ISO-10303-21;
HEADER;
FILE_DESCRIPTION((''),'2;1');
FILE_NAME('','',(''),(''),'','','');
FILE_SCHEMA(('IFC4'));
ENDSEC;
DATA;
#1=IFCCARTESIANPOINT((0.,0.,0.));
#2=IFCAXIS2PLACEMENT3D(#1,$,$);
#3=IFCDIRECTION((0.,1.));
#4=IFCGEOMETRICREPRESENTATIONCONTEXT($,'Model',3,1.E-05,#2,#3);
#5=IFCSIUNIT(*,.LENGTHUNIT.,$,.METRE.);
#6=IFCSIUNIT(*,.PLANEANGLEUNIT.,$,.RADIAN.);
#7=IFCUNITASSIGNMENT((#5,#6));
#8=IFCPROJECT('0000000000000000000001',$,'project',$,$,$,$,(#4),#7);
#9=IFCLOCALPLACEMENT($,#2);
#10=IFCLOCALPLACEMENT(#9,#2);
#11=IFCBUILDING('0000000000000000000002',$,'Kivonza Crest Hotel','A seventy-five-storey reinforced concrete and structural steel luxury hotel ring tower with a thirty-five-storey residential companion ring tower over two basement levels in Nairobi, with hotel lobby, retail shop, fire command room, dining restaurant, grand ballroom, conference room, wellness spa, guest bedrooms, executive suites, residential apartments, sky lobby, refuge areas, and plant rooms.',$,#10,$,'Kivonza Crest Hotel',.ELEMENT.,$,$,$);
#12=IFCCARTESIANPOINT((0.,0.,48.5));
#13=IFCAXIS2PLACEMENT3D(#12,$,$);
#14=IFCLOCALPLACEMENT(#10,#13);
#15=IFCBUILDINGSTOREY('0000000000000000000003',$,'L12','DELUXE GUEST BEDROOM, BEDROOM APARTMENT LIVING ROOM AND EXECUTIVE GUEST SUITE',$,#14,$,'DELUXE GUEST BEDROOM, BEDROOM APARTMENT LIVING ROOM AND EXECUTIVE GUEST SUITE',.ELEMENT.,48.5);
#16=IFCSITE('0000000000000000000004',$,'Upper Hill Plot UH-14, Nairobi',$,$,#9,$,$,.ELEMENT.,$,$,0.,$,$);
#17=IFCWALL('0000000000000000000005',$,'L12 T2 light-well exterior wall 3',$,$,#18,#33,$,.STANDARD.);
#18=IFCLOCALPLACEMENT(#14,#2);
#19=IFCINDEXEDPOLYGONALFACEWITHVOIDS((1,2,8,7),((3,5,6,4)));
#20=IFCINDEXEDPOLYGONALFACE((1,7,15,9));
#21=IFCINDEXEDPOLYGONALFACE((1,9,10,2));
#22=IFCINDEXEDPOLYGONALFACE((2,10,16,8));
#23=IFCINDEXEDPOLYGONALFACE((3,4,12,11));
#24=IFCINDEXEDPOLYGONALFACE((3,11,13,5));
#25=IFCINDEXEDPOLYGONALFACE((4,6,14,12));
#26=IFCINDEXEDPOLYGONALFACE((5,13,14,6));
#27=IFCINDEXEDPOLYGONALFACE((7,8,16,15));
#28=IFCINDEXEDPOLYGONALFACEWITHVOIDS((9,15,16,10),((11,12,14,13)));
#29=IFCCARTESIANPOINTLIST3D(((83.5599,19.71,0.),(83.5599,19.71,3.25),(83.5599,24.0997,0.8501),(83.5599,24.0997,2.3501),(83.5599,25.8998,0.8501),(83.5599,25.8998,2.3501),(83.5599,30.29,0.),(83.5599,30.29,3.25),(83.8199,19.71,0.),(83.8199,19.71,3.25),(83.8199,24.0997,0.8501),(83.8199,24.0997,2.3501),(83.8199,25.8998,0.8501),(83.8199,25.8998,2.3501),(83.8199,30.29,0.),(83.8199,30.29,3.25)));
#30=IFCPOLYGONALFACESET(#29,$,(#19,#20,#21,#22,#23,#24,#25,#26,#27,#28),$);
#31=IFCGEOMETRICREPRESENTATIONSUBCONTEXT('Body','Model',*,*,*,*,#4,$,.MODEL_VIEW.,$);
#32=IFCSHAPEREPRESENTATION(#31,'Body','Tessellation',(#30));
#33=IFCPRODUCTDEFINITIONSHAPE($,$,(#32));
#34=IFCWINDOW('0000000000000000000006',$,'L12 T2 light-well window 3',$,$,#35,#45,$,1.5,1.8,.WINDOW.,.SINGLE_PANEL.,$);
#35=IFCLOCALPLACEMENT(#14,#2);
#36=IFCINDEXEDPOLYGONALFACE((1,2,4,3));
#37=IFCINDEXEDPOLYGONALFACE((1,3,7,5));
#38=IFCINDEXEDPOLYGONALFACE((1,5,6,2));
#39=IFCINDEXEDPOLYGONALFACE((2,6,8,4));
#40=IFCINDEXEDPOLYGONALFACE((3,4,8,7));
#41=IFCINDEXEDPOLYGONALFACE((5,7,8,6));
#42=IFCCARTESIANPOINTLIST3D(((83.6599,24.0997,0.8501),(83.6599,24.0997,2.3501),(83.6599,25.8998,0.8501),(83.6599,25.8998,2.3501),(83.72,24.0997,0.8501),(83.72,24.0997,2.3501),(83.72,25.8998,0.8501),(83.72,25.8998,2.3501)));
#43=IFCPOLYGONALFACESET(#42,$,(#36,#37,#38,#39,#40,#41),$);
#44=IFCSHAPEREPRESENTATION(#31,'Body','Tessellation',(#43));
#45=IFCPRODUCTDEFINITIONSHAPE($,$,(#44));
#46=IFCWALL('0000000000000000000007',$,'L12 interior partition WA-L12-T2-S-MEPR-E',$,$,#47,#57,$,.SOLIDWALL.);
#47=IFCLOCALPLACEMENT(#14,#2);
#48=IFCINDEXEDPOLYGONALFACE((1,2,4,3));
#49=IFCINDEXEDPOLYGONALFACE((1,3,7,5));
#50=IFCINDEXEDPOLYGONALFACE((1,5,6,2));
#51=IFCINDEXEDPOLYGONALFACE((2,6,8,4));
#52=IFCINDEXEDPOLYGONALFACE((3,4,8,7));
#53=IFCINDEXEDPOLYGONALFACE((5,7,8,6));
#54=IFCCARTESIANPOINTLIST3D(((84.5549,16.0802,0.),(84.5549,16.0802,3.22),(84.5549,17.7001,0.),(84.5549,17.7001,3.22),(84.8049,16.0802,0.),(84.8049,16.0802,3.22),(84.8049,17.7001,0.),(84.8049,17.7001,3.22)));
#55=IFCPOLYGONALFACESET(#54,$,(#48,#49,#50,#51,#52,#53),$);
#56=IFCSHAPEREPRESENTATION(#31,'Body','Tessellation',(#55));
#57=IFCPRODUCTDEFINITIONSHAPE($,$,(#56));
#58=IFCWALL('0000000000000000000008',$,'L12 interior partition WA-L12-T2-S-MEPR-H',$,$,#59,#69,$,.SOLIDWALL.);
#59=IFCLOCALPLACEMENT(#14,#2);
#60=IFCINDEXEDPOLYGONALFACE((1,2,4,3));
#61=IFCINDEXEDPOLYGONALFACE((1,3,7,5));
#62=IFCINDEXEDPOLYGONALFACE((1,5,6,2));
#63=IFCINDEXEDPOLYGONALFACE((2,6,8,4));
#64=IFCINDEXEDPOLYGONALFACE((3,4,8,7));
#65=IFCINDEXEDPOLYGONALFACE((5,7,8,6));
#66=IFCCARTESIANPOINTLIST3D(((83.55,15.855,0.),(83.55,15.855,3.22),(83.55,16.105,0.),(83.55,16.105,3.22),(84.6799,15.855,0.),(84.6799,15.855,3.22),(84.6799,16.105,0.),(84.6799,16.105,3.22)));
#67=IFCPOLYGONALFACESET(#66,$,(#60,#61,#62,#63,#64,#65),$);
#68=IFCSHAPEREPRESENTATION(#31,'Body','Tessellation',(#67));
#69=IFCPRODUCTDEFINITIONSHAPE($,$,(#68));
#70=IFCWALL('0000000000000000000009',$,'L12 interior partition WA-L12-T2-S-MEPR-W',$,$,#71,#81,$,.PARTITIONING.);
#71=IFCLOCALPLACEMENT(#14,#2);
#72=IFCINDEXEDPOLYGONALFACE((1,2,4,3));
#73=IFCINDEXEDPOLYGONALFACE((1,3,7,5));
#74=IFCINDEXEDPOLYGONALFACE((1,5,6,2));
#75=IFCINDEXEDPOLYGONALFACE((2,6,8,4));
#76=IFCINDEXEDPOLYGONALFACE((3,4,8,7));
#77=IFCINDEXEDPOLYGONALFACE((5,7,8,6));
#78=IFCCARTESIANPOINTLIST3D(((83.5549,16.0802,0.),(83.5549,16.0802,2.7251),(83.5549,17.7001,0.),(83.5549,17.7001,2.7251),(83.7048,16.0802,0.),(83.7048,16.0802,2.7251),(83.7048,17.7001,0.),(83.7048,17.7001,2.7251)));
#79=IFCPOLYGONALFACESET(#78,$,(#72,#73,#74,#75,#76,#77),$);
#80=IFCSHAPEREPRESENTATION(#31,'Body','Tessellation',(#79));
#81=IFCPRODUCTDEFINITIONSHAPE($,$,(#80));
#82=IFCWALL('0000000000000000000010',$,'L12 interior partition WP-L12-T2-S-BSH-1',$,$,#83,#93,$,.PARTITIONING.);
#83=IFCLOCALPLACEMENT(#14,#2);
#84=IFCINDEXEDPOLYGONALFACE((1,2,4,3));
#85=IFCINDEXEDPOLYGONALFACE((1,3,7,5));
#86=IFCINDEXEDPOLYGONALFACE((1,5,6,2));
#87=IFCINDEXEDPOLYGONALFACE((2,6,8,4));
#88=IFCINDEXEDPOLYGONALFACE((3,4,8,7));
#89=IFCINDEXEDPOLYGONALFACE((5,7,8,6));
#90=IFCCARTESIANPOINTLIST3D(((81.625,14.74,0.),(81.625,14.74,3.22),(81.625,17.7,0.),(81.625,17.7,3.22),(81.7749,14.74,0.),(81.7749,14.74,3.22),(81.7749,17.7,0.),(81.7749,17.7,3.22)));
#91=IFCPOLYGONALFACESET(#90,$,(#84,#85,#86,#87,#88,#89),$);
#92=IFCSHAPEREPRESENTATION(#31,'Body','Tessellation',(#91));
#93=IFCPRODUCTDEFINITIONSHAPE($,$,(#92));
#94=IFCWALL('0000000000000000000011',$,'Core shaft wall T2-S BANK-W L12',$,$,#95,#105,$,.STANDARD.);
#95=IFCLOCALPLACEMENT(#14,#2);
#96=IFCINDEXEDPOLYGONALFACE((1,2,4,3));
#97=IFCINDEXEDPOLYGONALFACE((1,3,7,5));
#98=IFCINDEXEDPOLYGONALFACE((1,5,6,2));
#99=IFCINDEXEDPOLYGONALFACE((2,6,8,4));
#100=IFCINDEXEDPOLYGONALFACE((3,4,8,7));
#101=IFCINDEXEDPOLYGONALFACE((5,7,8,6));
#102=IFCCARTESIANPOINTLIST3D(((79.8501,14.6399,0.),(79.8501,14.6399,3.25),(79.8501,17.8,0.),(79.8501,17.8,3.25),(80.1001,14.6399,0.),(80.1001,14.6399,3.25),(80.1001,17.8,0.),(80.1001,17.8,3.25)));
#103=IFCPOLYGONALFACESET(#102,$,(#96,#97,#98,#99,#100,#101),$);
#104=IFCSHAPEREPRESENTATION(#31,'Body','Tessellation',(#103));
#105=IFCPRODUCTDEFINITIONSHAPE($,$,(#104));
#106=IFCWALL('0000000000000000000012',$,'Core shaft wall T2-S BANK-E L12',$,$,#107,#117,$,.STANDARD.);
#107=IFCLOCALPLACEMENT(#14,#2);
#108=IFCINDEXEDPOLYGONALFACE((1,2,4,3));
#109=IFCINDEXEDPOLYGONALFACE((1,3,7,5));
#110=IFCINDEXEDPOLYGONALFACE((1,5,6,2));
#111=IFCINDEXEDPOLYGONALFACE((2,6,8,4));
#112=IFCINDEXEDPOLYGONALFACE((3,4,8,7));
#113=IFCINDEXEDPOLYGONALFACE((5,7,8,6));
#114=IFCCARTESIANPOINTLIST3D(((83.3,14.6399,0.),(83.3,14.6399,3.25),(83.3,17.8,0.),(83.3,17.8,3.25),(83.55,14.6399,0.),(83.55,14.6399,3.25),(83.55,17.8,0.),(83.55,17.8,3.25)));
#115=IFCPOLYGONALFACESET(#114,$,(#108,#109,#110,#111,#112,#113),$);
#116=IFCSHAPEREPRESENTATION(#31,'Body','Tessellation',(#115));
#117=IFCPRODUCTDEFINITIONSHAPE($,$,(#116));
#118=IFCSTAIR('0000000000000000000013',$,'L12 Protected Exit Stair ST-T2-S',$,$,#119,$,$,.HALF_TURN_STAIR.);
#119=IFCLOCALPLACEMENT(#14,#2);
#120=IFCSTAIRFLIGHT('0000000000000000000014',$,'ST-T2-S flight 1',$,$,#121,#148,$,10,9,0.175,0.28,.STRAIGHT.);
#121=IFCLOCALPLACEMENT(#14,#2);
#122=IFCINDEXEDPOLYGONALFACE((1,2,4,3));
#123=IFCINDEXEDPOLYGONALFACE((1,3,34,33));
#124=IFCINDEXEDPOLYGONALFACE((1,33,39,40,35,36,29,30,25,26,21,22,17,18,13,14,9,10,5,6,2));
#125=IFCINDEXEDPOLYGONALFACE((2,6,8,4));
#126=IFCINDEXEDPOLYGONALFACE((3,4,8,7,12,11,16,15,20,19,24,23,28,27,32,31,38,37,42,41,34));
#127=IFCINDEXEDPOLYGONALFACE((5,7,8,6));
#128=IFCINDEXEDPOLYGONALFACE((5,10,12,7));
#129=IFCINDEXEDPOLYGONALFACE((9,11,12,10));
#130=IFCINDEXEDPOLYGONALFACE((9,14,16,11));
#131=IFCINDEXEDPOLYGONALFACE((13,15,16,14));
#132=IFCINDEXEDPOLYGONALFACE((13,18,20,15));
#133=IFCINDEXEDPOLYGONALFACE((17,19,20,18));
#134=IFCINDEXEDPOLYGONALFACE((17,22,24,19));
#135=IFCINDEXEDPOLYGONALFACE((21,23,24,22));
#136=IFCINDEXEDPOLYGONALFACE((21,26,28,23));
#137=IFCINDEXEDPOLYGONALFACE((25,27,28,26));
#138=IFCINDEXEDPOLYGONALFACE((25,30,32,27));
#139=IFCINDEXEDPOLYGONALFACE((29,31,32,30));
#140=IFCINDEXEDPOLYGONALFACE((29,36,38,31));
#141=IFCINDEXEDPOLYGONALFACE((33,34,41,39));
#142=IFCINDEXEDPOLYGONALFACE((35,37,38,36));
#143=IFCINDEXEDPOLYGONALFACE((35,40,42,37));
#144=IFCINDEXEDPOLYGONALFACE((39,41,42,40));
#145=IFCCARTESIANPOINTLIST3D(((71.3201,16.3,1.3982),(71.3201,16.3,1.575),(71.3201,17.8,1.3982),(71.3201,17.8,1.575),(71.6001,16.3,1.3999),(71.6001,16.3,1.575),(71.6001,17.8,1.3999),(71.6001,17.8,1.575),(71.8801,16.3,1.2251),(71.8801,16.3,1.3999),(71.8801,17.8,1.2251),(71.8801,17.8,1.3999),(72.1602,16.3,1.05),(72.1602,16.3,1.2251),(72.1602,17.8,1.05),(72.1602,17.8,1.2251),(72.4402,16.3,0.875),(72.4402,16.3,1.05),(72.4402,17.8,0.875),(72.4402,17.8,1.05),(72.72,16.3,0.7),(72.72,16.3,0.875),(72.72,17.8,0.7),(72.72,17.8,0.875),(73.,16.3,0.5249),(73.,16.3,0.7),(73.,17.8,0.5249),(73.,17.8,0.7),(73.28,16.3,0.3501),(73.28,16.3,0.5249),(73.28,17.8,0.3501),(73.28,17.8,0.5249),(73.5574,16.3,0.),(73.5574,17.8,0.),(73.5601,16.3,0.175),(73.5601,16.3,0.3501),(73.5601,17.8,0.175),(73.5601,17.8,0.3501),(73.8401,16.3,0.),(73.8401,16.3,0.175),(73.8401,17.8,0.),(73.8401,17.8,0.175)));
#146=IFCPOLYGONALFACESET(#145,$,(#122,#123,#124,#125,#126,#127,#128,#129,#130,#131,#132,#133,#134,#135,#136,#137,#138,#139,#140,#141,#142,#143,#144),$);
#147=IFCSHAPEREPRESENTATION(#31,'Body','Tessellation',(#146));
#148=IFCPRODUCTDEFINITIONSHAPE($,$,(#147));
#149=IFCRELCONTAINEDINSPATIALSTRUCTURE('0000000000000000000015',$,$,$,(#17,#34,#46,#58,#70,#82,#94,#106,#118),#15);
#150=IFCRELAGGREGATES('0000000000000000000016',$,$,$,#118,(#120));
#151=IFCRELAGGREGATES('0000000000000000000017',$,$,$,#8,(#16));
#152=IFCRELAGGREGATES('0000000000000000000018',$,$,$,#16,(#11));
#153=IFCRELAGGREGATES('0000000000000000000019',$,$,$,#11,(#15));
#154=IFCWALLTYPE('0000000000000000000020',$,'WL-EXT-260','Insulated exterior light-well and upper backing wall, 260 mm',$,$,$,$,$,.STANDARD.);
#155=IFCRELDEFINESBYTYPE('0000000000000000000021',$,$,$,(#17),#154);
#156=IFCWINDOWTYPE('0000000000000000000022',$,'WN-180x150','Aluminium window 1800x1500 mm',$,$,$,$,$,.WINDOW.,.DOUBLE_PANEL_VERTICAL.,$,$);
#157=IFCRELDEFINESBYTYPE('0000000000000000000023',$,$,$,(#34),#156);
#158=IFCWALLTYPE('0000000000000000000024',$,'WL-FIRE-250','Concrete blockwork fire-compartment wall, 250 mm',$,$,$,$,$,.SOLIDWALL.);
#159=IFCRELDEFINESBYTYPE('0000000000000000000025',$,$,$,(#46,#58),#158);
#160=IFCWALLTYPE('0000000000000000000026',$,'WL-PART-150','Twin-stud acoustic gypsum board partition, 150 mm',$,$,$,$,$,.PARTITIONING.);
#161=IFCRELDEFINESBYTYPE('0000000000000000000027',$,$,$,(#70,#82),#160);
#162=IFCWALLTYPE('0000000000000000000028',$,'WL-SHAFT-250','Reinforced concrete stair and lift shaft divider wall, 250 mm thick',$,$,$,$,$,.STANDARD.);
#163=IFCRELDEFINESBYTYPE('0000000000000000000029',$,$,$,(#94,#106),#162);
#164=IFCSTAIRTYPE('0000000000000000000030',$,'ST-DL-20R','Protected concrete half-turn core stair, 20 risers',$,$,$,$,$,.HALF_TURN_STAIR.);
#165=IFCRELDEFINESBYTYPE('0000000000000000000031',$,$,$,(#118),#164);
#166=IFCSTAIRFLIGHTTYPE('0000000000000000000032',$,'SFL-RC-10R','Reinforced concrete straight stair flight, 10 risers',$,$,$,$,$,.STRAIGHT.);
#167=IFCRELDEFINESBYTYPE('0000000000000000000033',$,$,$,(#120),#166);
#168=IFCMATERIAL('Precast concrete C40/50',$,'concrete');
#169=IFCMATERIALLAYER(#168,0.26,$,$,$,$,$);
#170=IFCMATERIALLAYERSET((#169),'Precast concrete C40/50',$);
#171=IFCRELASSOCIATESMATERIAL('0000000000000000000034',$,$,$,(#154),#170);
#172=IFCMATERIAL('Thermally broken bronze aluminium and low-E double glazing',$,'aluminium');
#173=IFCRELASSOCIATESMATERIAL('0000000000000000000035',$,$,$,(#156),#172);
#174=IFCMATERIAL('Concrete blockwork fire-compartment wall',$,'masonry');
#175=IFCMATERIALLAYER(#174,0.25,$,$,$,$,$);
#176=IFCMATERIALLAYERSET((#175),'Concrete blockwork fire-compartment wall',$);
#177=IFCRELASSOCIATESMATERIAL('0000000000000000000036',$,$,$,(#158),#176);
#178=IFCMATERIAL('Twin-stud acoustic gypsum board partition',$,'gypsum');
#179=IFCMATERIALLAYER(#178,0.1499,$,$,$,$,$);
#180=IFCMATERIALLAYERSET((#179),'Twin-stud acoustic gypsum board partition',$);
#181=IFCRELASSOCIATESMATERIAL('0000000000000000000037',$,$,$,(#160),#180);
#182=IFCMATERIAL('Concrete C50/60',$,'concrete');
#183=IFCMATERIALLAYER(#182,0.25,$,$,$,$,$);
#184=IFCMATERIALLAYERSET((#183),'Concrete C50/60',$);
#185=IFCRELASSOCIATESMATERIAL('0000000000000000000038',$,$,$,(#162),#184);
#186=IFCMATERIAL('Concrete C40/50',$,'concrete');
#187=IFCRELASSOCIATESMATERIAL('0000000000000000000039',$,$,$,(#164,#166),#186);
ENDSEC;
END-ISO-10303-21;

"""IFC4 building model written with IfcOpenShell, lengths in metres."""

from ifc_helpers import new_model, si_unit, direction, frame, frame_2d, origin, place, context, subcontext, project, spatial, polyline, rectangle, outline, extrude, material, layer, layer_set, type_object, element, fill, aggregate, save


model = new_model("IFC4")

# Units and contexts
model_context = context("Model", 3, precision=1e-05, world=origin(), true_north=direction((0.0, 1.0)))
body_context = subcontext(model_context, "Body", "Model", "MODEL_VIEW")
ifc_project = project(units=[si_unit("LENGTHUNIT", "METRE"), si_unit("PLANEANGLEUNIT", "RADIAN")], contexts=[model_context])

# Site, building, storey
site_placement = place(None, origin())
site = spatial("IfcSite", under=ifc_project, at=site_placement, Name="Upper Hill Plot UH-14, Nairobi", CompositionType="ELEMENT", RefElevation=0.0)
building_placement = place(site_placement, origin())
building = spatial("IfcBuilding", under=site, at=building_placement, Name="Kivonza Crest Hotel", Description="A seventy-five-storey reinforced concrete and structural steel luxury hotel ring tower with a thirty-five-storey residential companion ring tower over two basement levels in Nairobi, with hotel lobby, retail shop, fire command room, dining restaurant, grand ballroom, conference room, wellness spa, guest bedrooms, executive suites, residential apartments, sky lobby, refuge areas, and plant rooms.", LongName="Kivonza Crest Hotel", CompositionType="ELEMENT")
storey_placement = place(building_placement, frame((0.0, 0.0, 48.5)))
storey = spatial("IfcBuildingStorey", under=building, at=storey_placement, Name="L12", Description="DELUXE GUEST BEDROOM, BEDROOM APARTMENT LIVING ROOM AND EXECUTIVE GUEST SUITE", LongName="DELUXE GUEST BEDROOM, BEDROOM APARTMENT LIVING ROOM AND EXECUTIVE GUEST SUITE", CompositionType="ELEMENT", Elevation=48.5)

# Shared definitions
ifc_material_1 = material(Name="Concrete C50/60", Category="concrete")

# Shared definitions
ifc_material_2 = material(Name="Precast concrete C40/50", Category="concrete")
ifc_layer_1 = layer(ifc_material_2, 0.26)
ifc_layer_set_1 = layer_set([ifc_layer_1], Name="Precast concrete C40/50")
wall_type_1 = type_object("IfcWallType", Name="WL-EXT-260", Description="Insulated exterior light-well and upper backing wall, 260 mm", PredefinedType="STANDARD", material=ifc_layer_set_1)

# Wall, opening, window
wall_1_placement = place(storey_placement, frame((83.6899, 19.71, 0.0), z_axis=(0.0, 0.0, 1.0), x_axis=(0.0, 1.0, 0.0)))
wall_1 = element("IfcWall", 1, at=wall_1_placement, inside=storey, type_object=wall_type_1, Name="L12 T2 light-well exterior wall 3", PredefinedType="STANDARD", context=body_context, shape_type="SweptSolid", body=[
    extrude(rectangle(XDim=10.5801, YDim=0.26, at=frame_2d((5.29, 0.0))), origin(), (0.0, 0.0, 1.0), 3.25),
])
opening_placement = place(wall_1_placement, frame((4.3899, 0.0, 0.8501)))
opening = element("IfcOpeningElement", 2, at=opening_placement, cuts=wall_1, PredefinedType="OPENING", context=body_context, shape_type="SweptSolid", body=[
    extrude(rectangle(XDim=1.8, YDim=1.5, at=frame_2d((0.8999, 0.75))), frame((0.0, 0.1401, 0.0), z_axis=(0.0, -1.0, 0.0), x_axis=(1.0, 0.0, 0.0)), (0.0, 0.0, 1.0), 0.28),
])
ifc_material_3 = material(Name="Thermally broken bronze aluminium and low-E double glazing", Category="aluminium")
window_type = type_object("IfcWindowType", Name="WN-180x150", Description="Aluminium window 1800x1500 mm", PartitioningType="DOUBLE_PANEL_VERTICAL", PredefinedType="WINDOW", material=ifc_material_3)
window_placement = place(opening_placement, origin())
window = element("IfcWindow", 3, at=window_placement, inside=storey, type_object=window_type, Name="L12 T2 light-well window 3", OverallHeight=1.5, OverallWidth=1.8, PartitioningType="SINGLE_PANEL", PredefinedType="WINDOW", context=body_context, shape_type="SweptSolid", body=[
    extrude(rectangle(XDim=1.8, YDim=1.5, at=frame_2d((0.8999, 0.75))), frame((0.0, 0.03, 0.0), z_axis=(0.0, -1.0, 0.0), x_axis=(1.0, 0.0, 0.0)), (0.0, 0.0, 1.0), 0.0601),
])
fill(opening, window)

# Walls
ifc_material_4 = material(Name="Concrete blockwork fire-compartment wall", Category="masonry")
ifc_layer_2 = layer(ifc_material_4, 0.25)
ifc_layer_set_2 = layer_set([ifc_layer_2], Name="Concrete blockwork fire-compartment wall")
wall_type_2 = type_object("IfcWallType", Name="WL-FIRE-250", Description="Concrete blockwork fire-compartment wall, 250 mm", PredefinedType="SOLIDWALL", material=ifc_layer_set_2)
wall_2_placement = place(storey_placement, frame((84.6799, 16.0801, 0.0), z_axis=(0.0, 0.0, 1.0), x_axis=(0.0, 1.0, 0.0)))
element("IfcWall", 4, at=wall_2_placement, inside=storey, type_object=wall_type_2, Name="L12 interior partition WA-L12-T2-S-MEPR-E", PredefinedType="SOLIDWALL", context=body_context, shape_type="SweptSolid", body=[
    extrude(rectangle(XDim=1.6199, YDim=0.25, at=frame_2d((0.8101, 0.0))), origin(), (0.0, 0.0, 1.0), 3.22),
])
wall_3_placement = place(storey_placement, frame((83.55, 15.98, 0.0), z_axis=(0.0, 0.0, 1.0), x_axis=(1.0, 0.0, 0.0)))
element("IfcWall", 5, at=wall_3_placement, inside=storey, type_object=wall_type_2, Name="L12 interior partition WA-L12-T2-S-MEPR-H", PredefinedType="SOLIDWALL", context=body_context, shape_type="SweptSolid", body=[
    extrude(rectangle(XDim=1.1299, YDim=0.25, at=frame_2d((0.5649, 0.0))), origin(), (0.0, 0.0, 1.0), 3.22),
])
ifc_material_5 = material(Name="Twin-stud acoustic gypsum board partition", Category="gypsum")
ifc_layer_3 = layer(ifc_material_5, 0.1499)
ifc_layer_set_3 = layer_set([ifc_layer_3], Name="Twin-stud acoustic gypsum board partition")
wall_type_3 = type_object("IfcWallType", Name="WL-PART-150", Description="Twin-stud acoustic gypsum board partition, 150 mm", PredefinedType="PARTITIONING", material=ifc_layer_set_3)
wall_4_placement = place(storey_placement, frame((83.6299, 16.0801, 0.0), z_axis=(0.0, 0.0, 1.0), x_axis=(0.0, 1.0, 0.0)))
element("IfcWall", 6, at=wall_4_placement, inside=storey, type_object=wall_type_3, Name="L12 interior partition WA-L12-T2-S-MEPR-W", PredefinedType="PARTITIONING", context=body_context, shape_type="SweptSolid", body=[
    extrude(rectangle(XDim=1.6199, YDim=0.1499, at=frame_2d((0.8101, 0.0))), origin(), (0.0, 0.0, 1.0), 2.7251),
])
wall_5_placement = place(storey_placement, frame((81.7, 14.74, 0.0), z_axis=(0.0, 0.0, 1.0), x_axis=(0.0, 1.0, 0.0)))
element("IfcWall", 7, at=wall_5_placement, inside=storey, type_object=wall_type_3, Name="L12 interior partition WP-L12-T2-S-BSH-1", PredefinedType="PARTITIONING", context=body_context, shape_type="SweptSolid", body=[
    extrude(rectangle(XDim=2.96, YDim=0.1499, at=frame_2d((1.48, 0.0))), origin(), (0.0, 0.0, 1.0), 3.22),
])
ifc_layer_4 = layer(ifc_material_1, 0.25)
ifc_layer_set_4 = layer_set([ifc_layer_4], Name="Concrete C50/60")
wall_type_4 = type_object("IfcWallType", Name="WL-SHAFT-250", Description="Reinforced concrete stair and lift shaft divider wall, 250 mm thick", PredefinedType="STANDARD", material=ifc_layer_set_4)
for number, where, z_axis, x_axis, name in (
    (8, (79.9751, 14.6399, 0.0), (0.0, 0.0, 1.0), (0.0, 1.0, 0.0), "Core shaft wall T2-S BANK-W L12"),
    (9, (83.425, 14.6399, 0.0), (0.0, 0.0, 1.0), (0.0, 1.0, 0.0), "Core shaft wall T2-S BANK-E L12"),
):
    element("IfcWall", number, at=place(storey_placement, frame(where, z_axis=z_axis, x_axis=x_axis)), inside=storey, type_object=wall_type_4, Name=name, PredefinedType="STANDARD", context=body_context, shape_type="SweptSolid", body=[
        extrude(rectangle(XDim=3.1602, YDim=0.25, at=frame_2d((1.5801, 0.0))), origin(), (0.0, 0.0, 1.0), 3.25),
    ])

# Stair, stair flight
ifc_material_6 = material(Name="Concrete C40/50", Category="concrete")
stair_type = type_object("IfcStairType", Name="ST-DL-20R", Description="Protected concrete half-turn core stair, 20 risers", PredefinedType="HALF_TURN_STAIR", material=ifc_material_6)
stair_placement = place(storey_placement, origin())
stair = element("IfcStair", 10, at=stair_placement, inside=storey, type_object=stair_type, Name="L12 Protected Exit Stair ST-T2-S", PredefinedType="HALF_TURN_STAIR")
stair_flight_type = type_object("IfcStairFlightType", Name="SFL-RC-10R", Description="Reinforced concrete straight stair flight, 10 risers", PredefinedType="STRAIGHT", material=ifc_material_6)
stair_flight_placement = place(storey_placement, frame((73.8401, 17.05, 0.0), z_axis=(0.0, 0.0, 1.0), x_axis=(-1.0, 0.0, 0.0)))
stair_flight = element("IfcStairFlight", 11, at=stair_flight_placement, type_object=stair_flight_type, Name="ST-T2-S flight 1", NumberOfRisers=10, NumberOfTreads=9, PredefinedType="STRAIGHT", RiserHeight=0.175, TreadLength=0.28, context=body_context, shape_type="SweptSolid", body=[
    extrude(outline(polyline([(0.0, 0.0), (0.0, 0.175), (0.28, 0.175), (0.28, 0.3501), (0.5601, 0.3501), (0.5601, 0.5249), (0.8401, 0.5249), (0.8401, 0.7), (1.1201, 0.7), (1.1201, 0.875), (1.3999, 0.875), (1.3999, 1.05), (1.6799, 1.05), (1.6799, 1.2251), (1.96, 1.2251), (1.96, 1.3999), (2.24, 1.3999), (2.24, 1.575), (2.52, 1.575), (2.52, 1.75), (2.52, 1.3982), (0.2827, 0.0), (0.0, 0.0)])), frame((0.0, 0.75, 0.0), z_axis=(0.0, -1.0, 0.0), x_axis=(1.0, 0.0, 0.0)), (0.0, 0.0, 1.0), 1.5),
])
aggregate(stair, [stair_flight])

save(model, "model.ifc")
